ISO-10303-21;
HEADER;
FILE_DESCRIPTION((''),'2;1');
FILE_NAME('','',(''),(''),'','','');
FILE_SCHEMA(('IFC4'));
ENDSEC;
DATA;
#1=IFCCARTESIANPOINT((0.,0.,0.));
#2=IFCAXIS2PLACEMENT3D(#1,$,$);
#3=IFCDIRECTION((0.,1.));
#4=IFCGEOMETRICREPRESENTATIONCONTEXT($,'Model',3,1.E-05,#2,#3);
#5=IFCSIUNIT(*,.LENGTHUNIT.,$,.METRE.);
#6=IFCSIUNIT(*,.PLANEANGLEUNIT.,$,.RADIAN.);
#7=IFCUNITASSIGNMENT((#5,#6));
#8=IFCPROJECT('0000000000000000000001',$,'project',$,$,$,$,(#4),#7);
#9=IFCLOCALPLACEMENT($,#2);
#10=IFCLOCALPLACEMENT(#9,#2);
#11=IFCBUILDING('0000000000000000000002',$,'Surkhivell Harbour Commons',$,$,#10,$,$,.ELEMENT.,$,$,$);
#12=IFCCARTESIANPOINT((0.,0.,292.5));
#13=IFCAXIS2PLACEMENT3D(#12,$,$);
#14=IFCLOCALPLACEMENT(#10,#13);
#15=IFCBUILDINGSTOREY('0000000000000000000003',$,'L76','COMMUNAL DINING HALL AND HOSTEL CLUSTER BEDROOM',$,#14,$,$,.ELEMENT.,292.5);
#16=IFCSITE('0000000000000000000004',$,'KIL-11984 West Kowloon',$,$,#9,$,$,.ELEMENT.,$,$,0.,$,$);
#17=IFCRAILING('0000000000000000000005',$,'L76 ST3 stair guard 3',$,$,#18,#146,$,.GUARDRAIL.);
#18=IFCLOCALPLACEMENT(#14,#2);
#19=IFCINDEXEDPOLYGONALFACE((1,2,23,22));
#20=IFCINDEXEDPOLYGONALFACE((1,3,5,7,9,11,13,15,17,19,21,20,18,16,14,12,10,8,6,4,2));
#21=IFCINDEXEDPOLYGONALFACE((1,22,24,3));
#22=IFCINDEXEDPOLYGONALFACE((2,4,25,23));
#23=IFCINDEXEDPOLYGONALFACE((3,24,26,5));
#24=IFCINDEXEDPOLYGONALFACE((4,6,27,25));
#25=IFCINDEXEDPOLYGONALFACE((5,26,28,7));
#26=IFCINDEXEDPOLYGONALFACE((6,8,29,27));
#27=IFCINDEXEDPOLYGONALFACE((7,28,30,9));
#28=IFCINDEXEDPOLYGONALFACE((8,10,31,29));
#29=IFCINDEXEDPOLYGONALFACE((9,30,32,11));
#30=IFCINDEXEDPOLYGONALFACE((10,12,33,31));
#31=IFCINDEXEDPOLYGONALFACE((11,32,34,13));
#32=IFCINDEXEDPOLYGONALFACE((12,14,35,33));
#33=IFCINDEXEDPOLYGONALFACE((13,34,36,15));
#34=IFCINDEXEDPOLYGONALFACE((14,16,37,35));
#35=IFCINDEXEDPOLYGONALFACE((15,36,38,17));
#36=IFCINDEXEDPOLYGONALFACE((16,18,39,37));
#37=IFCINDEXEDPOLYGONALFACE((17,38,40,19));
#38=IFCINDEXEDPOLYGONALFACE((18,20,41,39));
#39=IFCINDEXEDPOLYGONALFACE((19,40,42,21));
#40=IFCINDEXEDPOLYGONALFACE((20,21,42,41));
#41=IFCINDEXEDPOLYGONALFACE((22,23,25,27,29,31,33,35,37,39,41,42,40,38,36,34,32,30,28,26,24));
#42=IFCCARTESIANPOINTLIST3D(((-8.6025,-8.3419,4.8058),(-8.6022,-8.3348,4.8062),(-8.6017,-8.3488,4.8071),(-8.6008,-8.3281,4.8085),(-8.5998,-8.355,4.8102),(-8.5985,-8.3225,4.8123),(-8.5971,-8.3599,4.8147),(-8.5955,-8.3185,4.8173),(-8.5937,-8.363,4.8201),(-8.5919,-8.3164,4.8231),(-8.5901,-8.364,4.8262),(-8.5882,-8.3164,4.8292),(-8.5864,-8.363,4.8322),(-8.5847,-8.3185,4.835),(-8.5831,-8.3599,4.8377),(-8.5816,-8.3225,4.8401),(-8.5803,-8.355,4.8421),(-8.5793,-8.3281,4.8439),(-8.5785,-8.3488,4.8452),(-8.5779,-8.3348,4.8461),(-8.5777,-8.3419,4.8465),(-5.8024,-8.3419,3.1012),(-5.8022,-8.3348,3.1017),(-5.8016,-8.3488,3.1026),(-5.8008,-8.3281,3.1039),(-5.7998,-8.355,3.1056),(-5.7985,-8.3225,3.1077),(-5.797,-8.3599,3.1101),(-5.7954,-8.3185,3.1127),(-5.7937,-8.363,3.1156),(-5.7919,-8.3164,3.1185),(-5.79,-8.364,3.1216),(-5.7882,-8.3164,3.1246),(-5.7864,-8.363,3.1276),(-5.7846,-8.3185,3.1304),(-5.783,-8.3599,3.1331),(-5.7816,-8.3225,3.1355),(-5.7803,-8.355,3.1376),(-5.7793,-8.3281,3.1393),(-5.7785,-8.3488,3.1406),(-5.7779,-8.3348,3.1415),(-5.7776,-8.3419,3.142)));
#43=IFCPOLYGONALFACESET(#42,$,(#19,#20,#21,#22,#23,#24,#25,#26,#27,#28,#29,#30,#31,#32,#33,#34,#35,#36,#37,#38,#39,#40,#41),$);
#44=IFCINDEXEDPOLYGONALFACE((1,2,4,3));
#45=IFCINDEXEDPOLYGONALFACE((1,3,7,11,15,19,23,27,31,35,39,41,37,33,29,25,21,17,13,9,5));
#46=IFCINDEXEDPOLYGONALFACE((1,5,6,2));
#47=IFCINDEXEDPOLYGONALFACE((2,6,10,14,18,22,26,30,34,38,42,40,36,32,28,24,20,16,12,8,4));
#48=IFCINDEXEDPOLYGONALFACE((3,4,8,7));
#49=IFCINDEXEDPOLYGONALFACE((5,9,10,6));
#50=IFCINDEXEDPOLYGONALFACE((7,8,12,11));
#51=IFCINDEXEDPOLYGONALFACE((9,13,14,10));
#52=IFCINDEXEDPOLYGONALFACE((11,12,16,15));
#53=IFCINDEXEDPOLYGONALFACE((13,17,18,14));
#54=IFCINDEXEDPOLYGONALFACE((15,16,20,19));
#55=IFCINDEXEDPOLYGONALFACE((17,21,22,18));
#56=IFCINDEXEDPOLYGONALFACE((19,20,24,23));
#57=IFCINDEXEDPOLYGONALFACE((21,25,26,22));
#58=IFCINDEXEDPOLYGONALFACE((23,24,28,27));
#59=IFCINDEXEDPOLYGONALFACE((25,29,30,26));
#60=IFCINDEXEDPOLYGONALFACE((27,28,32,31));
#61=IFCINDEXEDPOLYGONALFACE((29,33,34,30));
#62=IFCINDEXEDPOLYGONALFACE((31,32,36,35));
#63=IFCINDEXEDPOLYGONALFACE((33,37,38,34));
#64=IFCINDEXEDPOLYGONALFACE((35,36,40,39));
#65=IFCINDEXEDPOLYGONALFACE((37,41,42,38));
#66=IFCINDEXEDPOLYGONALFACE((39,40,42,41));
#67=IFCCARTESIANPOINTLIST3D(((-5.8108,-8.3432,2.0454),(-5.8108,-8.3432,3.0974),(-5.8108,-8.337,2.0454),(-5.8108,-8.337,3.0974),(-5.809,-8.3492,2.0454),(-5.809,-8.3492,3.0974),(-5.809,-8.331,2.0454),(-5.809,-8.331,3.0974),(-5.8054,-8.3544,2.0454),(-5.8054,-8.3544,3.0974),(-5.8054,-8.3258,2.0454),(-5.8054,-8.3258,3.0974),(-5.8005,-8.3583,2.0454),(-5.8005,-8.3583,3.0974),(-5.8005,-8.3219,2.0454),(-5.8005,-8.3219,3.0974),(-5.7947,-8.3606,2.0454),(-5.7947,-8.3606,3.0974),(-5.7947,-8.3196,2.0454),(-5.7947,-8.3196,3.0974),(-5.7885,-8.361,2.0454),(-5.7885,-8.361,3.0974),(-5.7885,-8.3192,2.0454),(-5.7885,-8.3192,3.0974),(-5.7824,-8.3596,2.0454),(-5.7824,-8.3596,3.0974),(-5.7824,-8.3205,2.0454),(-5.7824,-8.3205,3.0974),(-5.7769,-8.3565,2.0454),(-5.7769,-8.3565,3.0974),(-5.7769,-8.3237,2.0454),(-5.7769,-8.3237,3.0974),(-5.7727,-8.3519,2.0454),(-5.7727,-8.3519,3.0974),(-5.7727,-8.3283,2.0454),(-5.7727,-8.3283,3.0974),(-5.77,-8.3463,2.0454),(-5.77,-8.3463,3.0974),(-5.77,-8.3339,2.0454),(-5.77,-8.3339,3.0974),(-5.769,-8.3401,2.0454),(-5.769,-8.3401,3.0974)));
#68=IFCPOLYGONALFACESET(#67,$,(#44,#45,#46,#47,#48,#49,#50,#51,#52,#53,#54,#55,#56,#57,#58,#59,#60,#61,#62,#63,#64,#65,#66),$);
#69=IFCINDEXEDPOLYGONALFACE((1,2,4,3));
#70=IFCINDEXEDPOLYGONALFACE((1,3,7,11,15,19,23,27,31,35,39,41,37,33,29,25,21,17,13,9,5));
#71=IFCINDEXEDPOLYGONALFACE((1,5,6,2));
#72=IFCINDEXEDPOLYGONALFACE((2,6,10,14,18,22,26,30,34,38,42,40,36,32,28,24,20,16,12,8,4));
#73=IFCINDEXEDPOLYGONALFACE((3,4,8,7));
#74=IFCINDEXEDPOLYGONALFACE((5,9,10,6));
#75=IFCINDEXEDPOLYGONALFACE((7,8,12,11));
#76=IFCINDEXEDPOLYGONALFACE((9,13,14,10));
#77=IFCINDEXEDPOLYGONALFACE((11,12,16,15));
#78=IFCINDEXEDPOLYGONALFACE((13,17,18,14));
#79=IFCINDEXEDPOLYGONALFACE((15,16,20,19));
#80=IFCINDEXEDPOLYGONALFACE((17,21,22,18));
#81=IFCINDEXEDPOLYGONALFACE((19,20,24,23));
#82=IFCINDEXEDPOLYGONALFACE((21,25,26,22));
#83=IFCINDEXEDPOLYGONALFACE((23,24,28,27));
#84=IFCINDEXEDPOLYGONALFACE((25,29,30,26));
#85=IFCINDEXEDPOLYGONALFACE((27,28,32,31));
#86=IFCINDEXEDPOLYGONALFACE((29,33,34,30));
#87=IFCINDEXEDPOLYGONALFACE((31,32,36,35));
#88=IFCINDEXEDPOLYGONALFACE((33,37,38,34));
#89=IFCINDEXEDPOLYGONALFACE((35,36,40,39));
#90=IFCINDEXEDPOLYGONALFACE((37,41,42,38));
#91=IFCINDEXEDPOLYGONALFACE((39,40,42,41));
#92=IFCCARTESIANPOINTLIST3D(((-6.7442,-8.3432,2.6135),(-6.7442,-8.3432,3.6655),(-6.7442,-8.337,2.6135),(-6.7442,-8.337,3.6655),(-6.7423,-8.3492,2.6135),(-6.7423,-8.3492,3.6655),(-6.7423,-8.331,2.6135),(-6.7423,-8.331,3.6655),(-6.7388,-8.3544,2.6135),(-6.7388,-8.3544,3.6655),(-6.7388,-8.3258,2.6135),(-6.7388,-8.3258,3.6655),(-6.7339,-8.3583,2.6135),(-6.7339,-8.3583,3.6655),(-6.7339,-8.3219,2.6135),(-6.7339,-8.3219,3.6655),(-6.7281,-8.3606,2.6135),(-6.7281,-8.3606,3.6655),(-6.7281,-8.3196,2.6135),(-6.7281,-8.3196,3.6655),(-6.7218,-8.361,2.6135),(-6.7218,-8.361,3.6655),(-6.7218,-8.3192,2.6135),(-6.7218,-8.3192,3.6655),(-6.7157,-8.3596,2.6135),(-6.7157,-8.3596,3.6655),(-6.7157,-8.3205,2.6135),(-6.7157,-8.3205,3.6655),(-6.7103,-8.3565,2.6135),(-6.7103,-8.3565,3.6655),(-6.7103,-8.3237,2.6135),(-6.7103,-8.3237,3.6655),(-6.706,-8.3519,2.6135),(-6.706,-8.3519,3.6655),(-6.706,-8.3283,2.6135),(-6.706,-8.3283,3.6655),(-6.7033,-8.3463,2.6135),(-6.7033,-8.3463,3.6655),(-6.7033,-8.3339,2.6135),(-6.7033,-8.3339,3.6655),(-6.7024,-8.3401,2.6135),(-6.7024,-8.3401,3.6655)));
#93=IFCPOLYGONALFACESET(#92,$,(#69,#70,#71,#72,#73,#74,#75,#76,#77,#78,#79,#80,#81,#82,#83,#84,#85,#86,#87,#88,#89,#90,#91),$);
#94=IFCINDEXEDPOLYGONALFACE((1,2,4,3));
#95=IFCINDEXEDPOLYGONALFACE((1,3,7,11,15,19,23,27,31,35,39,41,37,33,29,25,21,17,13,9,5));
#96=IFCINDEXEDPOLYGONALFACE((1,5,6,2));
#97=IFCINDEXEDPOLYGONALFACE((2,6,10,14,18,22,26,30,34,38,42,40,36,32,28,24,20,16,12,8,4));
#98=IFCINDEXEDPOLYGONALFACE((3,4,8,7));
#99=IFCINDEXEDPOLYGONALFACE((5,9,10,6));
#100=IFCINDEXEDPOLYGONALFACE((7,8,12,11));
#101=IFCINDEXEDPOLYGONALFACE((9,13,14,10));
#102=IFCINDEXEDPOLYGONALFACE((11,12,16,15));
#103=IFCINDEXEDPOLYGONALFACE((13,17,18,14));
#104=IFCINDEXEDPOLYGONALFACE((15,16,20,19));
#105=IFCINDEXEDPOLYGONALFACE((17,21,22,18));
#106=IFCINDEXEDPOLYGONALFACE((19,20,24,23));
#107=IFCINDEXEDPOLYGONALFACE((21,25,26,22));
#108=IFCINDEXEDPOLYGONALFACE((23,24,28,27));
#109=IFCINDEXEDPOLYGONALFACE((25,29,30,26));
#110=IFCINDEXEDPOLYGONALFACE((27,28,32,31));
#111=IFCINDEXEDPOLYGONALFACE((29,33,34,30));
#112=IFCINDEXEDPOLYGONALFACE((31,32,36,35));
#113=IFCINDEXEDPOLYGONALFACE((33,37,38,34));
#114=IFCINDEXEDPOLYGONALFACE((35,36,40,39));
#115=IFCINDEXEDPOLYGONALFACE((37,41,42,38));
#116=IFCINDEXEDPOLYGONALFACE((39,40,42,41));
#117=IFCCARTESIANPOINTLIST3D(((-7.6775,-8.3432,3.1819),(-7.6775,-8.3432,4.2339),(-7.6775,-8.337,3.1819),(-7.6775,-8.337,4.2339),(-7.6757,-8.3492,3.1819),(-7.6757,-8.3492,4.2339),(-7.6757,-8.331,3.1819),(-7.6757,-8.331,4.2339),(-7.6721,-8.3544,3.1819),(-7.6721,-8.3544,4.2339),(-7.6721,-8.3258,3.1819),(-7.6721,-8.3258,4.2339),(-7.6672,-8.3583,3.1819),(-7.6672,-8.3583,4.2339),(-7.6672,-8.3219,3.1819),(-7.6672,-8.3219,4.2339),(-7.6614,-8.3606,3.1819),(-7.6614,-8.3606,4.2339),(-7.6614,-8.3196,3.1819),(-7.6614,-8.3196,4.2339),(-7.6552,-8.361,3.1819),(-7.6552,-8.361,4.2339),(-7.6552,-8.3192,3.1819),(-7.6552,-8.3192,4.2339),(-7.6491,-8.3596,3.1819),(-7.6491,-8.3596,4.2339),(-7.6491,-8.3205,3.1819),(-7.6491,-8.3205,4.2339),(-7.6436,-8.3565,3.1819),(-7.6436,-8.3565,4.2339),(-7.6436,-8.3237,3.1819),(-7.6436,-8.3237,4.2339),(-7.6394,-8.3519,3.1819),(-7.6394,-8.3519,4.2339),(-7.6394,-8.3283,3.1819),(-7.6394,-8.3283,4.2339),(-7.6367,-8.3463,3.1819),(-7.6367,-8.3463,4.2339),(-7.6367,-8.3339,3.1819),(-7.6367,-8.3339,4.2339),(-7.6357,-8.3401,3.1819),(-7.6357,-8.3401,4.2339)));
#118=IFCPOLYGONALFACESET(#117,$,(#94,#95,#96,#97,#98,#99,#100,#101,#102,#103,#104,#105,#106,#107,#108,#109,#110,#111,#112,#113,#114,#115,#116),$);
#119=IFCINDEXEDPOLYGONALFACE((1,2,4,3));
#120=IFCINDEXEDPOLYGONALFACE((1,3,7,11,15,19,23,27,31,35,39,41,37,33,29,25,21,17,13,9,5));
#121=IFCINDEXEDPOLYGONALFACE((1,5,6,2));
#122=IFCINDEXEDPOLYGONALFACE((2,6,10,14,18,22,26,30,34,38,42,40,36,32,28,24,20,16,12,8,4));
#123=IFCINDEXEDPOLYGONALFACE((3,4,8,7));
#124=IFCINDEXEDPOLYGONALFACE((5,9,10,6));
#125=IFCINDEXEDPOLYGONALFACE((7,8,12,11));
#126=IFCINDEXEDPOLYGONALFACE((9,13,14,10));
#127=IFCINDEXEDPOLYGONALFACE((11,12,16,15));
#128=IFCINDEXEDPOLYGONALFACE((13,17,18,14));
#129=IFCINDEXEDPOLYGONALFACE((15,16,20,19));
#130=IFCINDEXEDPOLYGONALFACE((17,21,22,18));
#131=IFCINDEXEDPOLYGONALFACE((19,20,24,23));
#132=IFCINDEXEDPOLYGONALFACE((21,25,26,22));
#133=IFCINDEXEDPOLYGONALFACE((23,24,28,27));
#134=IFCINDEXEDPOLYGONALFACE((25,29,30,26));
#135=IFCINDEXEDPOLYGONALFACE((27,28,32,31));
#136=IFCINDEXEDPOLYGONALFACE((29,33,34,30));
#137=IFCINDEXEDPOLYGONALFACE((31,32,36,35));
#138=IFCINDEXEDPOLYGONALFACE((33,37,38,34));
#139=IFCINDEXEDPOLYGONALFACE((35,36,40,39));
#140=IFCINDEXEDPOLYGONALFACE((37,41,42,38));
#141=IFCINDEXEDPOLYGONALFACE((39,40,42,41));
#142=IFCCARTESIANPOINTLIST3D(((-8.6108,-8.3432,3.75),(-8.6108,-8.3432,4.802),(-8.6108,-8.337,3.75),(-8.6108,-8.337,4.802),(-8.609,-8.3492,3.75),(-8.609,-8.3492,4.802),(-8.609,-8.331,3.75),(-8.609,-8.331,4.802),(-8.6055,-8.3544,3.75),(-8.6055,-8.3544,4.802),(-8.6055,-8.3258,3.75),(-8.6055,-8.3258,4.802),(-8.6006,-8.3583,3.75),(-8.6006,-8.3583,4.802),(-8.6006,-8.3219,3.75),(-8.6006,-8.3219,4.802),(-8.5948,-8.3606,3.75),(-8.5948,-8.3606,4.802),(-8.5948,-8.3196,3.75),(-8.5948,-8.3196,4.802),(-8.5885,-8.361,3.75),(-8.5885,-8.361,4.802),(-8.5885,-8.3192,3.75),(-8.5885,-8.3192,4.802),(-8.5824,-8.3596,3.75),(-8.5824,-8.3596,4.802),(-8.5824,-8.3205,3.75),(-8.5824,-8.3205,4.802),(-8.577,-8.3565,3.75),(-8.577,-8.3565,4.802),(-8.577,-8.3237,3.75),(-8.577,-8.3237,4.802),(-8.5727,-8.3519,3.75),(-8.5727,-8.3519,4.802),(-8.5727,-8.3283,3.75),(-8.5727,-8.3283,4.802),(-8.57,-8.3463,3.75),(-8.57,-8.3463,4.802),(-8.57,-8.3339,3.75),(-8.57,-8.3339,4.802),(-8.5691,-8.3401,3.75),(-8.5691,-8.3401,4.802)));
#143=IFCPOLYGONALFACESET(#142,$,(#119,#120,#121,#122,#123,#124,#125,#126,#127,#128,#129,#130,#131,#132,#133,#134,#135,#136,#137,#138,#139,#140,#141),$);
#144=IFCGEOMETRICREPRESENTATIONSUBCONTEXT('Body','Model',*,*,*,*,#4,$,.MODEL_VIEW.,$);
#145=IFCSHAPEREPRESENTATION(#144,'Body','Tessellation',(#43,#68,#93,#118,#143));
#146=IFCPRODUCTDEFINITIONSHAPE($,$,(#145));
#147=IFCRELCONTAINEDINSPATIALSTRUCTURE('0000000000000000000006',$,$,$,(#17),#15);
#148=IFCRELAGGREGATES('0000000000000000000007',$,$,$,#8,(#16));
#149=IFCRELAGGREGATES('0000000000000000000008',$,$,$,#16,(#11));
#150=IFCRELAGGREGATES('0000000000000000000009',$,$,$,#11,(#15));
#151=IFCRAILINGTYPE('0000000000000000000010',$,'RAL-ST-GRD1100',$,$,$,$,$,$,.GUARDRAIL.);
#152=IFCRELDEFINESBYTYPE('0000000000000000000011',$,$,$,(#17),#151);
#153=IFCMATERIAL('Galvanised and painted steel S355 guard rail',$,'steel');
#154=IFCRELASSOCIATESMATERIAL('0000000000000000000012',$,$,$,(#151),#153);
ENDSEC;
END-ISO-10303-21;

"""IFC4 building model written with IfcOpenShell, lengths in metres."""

from ifc_helpers import new_model, si_unit, direction, frame, origin, origin_2d, place, context, subcontext, project, spatial, circle, extrude, material, type_object, element, save


model = new_model("IFC4")

# Units and contexts
model_context = context("Model", 3, precision=1e-05, world=origin(), true_north=direction((0.0, 1.0)))
body_context = subcontext(model_context, "Body", "Model", "MODEL_VIEW")
ifc_project = project(units=[si_unit("LENGTHUNIT", "METRE"), si_unit("PLANEANGLEUNIT", "RADIAN")], contexts=[model_context])

# Site, building, storey
site_placement = place(None, origin())
site = spatial("IfcSite", under=ifc_project, at=site_placement, Name="KIL-11984 West Kowloon", CompositionType="ELEMENT", RefElevation=0.0)
building_placement = place(site_placement, origin())
building = spatial("IfcBuilding", under=site, at=building_placement, Name="Surkhivell Harbour Commons", CompositionType="ELEMENT")
storey_placement = place(building_placement, frame((0.0, 0.0, 292.5)))
storey = spatial("IfcBuildingStorey", under=building, at=storey_placement, Name="L76", Description="COMMUNAL DINING HALL AND HOSTEL CLUSTER BEDROOM", CompositionType="ELEMENT", Elevation=292.5)

# Railing
ifc_material_1 = material(Name="Galvanised and painted steel S355 guard rail", Category="steel")
railing_type_1 = type_object("IfcRailingType", Name="RAL-ST-GRD1100", PredefinedType="GUARDRAIL", material=ifc_material_1)
railing_1_placement = place(storey_placement, frame((-5.79, -8.3401, 2.0454)))
element("IfcRailing", 1, at=railing_1_placement, inside=storey, type_object=railing_type_1, Name="L76 ST3 stair guard 3", PredefinedType="GUARDRAIL", context=body_context, shape_type="SweptSolid", body=[
    extrude(circle(Radius=0.0239, at=origin_2d()), frame((0.0, 0.0, 1.0762), z_axis=(-0.85417, 0.0, 0.519994), x_axis=(0.0, -1.0, 0.0)), (0.0, 0.0, 1.0), 3.2781),
    extrude(circle(Radius=0.021, at=origin_2d()), origin(), (0.0, 0.0, 1.0), 1.052),
    extrude(circle(Radius=0.021, at=origin_2d()), frame((-0.9333, 0.0, 0.5681)), (0.0, 0.0, 1.0), 1.052),
    extrude(circle(Radius=0.021, at=origin_2d()), frame((-1.8667, 0.0, 1.1365)), (0.0, 0.0, 1.0), 1.052),
    extrude(circle(Radius=0.021, at=origin_2d()), frame((-2.8, 0.0, 1.7046)), (0.0, 0.0, 1.0), 1.052),
])

save(model, "model.ifc")
